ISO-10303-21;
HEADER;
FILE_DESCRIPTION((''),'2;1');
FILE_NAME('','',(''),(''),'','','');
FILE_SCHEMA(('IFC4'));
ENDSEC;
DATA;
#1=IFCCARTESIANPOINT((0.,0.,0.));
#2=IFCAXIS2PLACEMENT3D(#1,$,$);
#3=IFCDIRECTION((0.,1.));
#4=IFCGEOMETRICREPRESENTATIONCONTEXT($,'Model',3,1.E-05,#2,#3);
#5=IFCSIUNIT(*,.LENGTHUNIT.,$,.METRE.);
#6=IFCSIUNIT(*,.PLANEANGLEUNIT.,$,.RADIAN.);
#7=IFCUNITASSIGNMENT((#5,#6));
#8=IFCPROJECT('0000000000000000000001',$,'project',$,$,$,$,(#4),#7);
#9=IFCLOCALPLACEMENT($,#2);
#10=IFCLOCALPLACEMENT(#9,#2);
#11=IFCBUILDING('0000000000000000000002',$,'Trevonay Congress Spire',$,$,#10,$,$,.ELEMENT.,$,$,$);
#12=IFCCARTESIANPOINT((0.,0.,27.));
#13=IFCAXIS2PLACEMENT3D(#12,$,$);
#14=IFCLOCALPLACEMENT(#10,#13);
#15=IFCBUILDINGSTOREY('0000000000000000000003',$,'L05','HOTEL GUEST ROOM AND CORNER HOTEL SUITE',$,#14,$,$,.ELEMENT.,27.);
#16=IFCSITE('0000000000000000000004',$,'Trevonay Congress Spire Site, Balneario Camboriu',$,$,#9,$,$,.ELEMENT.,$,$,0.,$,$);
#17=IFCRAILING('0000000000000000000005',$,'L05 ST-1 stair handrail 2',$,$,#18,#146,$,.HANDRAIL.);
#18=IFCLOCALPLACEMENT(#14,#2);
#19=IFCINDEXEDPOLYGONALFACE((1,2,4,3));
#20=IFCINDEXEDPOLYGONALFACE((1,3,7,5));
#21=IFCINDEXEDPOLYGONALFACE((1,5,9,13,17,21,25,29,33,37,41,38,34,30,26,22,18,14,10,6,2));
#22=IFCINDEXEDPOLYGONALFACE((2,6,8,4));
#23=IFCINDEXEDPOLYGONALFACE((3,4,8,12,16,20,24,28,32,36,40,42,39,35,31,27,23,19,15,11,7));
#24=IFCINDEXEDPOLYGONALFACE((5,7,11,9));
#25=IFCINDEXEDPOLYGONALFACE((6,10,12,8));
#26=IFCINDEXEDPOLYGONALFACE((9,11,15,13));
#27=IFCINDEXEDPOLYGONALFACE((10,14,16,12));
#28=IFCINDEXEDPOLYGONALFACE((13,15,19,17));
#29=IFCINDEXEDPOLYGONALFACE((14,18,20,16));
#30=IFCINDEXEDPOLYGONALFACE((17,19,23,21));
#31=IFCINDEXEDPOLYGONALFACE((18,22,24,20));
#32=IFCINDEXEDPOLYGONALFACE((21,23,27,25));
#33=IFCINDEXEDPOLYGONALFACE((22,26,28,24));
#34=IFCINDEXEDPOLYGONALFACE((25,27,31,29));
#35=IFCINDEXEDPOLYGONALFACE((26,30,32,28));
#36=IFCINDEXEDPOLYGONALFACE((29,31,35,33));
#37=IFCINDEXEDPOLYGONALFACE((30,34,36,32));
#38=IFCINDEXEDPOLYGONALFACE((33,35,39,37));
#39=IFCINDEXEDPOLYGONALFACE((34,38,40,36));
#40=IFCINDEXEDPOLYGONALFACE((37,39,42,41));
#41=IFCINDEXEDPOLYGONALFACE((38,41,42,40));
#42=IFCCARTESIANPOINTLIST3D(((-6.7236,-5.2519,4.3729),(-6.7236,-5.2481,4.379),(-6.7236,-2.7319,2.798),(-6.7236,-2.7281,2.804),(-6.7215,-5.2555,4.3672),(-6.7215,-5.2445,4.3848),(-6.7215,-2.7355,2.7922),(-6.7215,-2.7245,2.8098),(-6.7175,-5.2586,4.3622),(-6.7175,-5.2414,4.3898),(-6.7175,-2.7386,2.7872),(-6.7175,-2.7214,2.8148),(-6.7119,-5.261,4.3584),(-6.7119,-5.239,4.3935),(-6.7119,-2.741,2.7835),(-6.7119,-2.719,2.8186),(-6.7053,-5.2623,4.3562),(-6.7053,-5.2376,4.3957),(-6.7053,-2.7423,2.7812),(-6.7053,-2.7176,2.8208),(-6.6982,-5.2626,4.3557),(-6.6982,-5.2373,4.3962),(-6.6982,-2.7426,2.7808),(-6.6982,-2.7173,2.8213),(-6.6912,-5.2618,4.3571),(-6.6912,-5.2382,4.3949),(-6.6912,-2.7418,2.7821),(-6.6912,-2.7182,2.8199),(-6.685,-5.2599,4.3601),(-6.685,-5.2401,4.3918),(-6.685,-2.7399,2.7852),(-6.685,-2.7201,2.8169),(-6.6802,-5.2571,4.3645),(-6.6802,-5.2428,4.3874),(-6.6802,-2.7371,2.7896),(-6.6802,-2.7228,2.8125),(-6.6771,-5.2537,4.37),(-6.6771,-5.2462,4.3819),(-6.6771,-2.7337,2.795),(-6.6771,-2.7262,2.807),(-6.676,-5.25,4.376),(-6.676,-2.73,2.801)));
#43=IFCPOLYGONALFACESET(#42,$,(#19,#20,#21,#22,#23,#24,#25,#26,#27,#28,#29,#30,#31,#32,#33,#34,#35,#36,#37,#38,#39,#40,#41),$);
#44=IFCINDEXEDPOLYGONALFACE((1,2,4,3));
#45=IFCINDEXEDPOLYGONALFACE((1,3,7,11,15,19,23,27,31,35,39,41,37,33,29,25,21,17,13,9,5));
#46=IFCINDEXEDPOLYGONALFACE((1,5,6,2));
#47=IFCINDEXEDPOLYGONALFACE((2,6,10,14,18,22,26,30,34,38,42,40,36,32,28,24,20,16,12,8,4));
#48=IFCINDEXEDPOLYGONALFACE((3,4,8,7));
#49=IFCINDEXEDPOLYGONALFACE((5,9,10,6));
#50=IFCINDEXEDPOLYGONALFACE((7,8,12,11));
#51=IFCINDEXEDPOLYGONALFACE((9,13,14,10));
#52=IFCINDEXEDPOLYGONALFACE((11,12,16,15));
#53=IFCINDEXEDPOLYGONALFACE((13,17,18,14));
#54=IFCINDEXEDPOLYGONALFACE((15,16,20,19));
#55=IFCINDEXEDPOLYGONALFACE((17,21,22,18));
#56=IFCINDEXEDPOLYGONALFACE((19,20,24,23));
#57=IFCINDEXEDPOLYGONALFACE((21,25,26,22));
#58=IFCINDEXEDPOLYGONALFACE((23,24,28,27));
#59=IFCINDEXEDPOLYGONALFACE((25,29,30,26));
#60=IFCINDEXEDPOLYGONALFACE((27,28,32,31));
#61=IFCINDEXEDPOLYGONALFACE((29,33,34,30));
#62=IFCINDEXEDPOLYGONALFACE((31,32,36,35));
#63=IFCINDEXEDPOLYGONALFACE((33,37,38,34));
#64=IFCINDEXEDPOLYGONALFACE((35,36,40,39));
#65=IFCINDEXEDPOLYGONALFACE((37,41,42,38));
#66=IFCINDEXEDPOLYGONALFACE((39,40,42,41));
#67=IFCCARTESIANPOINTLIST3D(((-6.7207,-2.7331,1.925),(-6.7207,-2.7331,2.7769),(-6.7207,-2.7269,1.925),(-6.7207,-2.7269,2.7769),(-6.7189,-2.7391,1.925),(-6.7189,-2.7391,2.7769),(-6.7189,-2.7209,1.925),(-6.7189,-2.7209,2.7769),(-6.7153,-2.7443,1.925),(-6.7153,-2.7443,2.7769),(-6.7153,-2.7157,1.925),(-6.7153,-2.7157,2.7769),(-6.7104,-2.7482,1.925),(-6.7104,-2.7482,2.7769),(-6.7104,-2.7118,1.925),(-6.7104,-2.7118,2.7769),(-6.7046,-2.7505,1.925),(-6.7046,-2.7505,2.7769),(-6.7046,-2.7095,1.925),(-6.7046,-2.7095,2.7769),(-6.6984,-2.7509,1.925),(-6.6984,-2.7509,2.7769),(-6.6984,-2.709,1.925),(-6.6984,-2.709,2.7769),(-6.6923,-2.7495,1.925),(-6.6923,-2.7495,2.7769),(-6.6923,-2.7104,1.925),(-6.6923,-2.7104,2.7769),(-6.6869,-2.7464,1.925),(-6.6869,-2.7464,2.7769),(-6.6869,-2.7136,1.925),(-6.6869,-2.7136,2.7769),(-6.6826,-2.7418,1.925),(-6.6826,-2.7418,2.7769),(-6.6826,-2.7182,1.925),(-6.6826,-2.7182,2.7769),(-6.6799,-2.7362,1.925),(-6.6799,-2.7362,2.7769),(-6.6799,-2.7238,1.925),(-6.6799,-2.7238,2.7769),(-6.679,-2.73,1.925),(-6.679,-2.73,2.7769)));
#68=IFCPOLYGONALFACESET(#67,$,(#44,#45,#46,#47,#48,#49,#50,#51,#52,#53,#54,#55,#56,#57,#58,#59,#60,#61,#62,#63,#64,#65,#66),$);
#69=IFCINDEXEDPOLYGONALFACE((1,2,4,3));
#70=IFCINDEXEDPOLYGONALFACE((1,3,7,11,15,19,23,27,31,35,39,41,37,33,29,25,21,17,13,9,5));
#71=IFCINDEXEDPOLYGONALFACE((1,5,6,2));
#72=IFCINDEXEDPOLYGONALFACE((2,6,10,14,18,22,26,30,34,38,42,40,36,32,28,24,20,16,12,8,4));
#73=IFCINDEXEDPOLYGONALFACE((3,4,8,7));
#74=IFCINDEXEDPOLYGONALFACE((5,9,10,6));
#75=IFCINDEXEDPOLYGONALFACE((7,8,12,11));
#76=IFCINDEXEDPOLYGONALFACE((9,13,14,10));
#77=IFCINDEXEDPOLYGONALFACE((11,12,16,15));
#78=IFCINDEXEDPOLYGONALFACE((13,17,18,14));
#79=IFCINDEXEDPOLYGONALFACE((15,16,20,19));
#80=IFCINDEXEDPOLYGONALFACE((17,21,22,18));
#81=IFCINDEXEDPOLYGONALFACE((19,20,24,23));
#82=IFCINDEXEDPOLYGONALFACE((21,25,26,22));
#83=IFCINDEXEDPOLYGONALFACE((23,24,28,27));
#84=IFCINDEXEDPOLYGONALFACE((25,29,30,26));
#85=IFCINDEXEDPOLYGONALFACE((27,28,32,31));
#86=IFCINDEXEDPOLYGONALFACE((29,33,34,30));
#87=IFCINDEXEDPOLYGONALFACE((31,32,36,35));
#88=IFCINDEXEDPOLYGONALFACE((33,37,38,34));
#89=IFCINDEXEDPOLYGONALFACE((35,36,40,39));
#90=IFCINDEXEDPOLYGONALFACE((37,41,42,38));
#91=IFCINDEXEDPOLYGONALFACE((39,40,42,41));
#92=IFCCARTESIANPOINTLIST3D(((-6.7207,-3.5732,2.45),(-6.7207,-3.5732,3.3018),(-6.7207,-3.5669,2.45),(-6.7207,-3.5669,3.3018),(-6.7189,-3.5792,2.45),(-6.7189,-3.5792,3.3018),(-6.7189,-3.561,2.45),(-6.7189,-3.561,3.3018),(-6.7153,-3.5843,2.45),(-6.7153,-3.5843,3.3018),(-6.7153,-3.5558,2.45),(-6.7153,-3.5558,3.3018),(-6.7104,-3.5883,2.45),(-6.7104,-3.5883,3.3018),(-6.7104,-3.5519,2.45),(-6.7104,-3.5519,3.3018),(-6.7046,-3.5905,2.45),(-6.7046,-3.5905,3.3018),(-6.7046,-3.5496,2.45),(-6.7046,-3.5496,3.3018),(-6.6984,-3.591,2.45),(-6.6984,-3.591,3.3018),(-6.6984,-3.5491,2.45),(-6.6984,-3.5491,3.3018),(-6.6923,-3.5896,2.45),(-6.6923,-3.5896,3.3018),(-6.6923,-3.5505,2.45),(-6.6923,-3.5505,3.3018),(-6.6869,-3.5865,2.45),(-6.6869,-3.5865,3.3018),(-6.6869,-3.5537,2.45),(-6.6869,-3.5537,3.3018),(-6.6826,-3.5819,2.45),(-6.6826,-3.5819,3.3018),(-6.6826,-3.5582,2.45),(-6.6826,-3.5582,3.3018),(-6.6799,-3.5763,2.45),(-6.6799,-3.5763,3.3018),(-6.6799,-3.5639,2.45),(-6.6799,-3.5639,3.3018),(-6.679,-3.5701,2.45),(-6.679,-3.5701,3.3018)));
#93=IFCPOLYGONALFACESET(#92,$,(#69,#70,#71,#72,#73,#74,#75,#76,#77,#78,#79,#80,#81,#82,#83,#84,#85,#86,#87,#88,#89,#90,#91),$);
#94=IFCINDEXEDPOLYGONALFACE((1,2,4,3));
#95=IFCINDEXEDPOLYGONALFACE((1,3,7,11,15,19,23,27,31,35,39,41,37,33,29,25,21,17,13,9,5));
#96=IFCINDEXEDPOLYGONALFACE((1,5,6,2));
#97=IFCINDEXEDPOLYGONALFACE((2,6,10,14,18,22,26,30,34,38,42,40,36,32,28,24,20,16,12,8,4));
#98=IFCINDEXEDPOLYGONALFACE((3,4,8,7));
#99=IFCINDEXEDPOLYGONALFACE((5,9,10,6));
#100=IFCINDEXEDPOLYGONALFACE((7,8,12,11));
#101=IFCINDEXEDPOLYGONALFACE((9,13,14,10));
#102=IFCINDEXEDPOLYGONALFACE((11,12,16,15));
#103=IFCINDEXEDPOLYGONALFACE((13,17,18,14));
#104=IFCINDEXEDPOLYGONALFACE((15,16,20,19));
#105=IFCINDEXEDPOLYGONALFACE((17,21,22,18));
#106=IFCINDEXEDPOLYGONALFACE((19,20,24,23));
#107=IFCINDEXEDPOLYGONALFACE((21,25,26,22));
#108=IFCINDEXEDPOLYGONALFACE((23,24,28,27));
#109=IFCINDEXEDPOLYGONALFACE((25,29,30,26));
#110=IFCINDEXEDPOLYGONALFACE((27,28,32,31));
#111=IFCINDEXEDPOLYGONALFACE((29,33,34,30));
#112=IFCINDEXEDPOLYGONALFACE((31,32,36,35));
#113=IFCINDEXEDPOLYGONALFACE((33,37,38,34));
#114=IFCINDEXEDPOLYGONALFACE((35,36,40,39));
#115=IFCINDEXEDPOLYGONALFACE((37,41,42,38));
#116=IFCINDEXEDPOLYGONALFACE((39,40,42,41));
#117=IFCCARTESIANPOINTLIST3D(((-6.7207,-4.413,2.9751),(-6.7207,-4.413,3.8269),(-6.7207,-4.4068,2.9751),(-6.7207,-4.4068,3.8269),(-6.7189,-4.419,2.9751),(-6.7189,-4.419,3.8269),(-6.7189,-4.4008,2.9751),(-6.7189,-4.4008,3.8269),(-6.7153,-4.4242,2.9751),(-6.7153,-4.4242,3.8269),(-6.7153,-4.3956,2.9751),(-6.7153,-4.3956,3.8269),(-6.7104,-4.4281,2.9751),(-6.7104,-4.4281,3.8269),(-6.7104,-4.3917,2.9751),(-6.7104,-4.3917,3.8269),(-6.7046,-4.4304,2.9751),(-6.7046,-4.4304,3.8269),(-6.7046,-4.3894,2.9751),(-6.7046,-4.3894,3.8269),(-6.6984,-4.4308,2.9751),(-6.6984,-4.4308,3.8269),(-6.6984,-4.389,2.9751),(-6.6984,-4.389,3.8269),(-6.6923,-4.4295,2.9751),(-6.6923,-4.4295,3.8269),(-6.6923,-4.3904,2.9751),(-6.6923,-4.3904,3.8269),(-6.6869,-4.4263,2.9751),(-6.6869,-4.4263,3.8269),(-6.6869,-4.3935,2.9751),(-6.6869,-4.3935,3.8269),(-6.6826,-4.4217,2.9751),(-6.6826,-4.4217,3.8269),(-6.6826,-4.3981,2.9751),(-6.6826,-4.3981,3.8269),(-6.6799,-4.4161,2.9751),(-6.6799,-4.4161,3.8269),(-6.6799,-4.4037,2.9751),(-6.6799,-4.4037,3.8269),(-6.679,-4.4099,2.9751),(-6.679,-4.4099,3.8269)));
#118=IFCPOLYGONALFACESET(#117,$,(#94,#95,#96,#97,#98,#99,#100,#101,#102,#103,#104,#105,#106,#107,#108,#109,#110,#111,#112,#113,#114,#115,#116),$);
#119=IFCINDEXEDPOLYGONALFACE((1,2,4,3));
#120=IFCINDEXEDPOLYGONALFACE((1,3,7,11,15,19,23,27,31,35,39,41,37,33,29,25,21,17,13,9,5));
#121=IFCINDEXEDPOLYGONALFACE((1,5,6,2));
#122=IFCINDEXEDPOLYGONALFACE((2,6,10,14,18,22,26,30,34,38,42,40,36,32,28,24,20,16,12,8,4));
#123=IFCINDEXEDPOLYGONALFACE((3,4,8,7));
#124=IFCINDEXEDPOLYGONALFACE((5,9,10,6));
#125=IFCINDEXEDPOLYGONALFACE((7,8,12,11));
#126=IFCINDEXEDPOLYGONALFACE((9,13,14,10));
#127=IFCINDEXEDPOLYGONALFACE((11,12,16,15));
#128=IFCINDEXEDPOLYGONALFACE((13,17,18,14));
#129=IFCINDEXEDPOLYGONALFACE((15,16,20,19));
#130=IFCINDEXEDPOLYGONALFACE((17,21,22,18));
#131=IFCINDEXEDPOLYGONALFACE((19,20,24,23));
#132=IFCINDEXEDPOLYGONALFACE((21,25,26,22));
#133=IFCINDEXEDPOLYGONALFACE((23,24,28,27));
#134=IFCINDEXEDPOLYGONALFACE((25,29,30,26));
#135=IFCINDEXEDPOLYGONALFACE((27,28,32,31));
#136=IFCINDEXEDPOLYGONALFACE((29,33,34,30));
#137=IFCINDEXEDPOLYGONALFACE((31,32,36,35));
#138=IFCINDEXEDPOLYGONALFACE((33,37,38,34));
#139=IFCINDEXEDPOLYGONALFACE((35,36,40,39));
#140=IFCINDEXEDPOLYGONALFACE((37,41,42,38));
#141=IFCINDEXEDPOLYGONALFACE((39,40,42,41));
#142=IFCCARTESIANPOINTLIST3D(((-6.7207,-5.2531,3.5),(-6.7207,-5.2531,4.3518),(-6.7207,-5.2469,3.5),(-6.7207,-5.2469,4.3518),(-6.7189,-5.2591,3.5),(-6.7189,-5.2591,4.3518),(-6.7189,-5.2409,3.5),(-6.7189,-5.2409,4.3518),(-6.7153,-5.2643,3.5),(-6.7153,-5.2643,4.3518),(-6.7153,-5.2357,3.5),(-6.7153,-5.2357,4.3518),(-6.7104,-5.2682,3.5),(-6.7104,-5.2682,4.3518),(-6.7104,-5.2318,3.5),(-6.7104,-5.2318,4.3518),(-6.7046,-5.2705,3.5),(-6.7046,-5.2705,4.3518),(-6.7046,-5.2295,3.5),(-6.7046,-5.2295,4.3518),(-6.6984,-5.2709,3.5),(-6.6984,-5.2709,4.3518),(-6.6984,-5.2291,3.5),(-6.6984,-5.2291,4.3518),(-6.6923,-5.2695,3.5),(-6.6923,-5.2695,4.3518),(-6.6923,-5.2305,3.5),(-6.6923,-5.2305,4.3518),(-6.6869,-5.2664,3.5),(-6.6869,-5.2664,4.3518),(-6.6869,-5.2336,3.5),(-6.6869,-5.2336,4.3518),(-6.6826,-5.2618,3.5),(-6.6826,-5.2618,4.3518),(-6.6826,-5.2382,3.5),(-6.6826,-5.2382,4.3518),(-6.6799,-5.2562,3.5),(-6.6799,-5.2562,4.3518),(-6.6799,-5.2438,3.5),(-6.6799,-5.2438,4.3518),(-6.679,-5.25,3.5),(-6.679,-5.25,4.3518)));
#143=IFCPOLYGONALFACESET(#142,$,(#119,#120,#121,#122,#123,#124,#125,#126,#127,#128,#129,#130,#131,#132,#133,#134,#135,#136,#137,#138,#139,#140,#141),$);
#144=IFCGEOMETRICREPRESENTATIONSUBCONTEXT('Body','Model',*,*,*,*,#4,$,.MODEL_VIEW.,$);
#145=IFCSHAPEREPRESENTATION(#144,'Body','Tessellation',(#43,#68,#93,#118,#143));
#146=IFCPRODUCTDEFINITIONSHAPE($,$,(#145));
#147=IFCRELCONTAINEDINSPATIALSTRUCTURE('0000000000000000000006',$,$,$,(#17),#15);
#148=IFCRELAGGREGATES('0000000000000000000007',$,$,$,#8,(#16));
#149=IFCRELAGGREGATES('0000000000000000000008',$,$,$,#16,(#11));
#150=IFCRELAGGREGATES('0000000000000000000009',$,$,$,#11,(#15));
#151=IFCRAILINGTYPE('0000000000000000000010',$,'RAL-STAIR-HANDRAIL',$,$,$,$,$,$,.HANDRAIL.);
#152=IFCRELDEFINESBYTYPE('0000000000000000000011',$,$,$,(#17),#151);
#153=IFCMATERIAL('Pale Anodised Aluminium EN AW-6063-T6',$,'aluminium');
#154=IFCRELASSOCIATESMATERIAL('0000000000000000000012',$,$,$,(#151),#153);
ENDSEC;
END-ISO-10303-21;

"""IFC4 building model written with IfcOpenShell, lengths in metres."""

from ifc_helpers import new_model, si_unit, direction, frame, origin, origin_2d, place, context, subcontext, project, spatial, circle, extrude, material, type_object, element, save


model = new_model("IFC4")

# Units and contexts
model_context = context("Model", 3, precision=1e-05, world=origin(), true_north=direction((0.0, 1.0)))
body_context = subcontext(model_context, "Body", "Model", "MODEL_VIEW")
ifc_project = project(units=[si_unit("LENGTHUNIT", "METRE"), si_unit("PLANEANGLEUNIT", "RADIAN")], contexts=[model_context])

# Site, building, storey
site_placement = place(None, origin())
site = spatial("IfcSite", under=ifc_project, at=site_placement, Name="Trevonay Congress Spire Site, Balneario Camboriu", CompositionType="ELEMENT", RefElevation=0.0)
building_placement = place(site_placement, origin())
building = spatial("IfcBuilding", under=site, at=building_placement, Name="Trevonay Congress Spire", CompositionType="ELEMENT")
storey_placement = place(building_placement, frame((0.0, 0.0, 27.0)))
storey = spatial("IfcBuildingStorey", under=building, at=storey_placement, Name="L05", Description="HOTEL GUEST ROOM AND CORNER HOTEL SUITE", CompositionType="ELEMENT", Elevation=27.0)

# Shared definitions
ifc_material_1 = material(Name="Pale Anodised Aluminium EN AW-6063-T6", Category="aluminium")

# Railing
railing_type_1 = type_object("IfcRailingType", Name="RAL-STAIR-HANDRAIL", PredefinedType="HANDRAIL", material=ifc_material_1)
railing_1_placement = place(storey_placement, frame((-6.7, -2.73, 1.925)))
element("IfcRailing", 1, at=railing_1_placement, inside=storey, type_object=railing_type_1, Name="L05 ST-1 stair handrail 2", PredefinedType="HANDRAIL", context=body_context, shape_type="SweptSolid", body=[
    extrude(circle(Radius=0.0239, at=origin_2d()), frame((0.0, 0.0, 0.876), z_axis=(0.0, -0.848008, 0.529984), x_axis=(1.0, 0.0, 0.0)), (0.0, 0.0, 1.0), 2.9717),
    extrude(circle(Radius=0.021, at=origin_2d()), origin(), (0.0, 0.0, 1.0), 0.8518),
    extrude(circle(Radius=0.021, at=origin_2d()), frame((0.0, -0.8401, 0.5249)), (0.0, 0.0, 1.0), 0.8518),
    extrude(circle(Radius=0.021, at=origin_2d()), frame((0.0, -1.6799, 1.05)), (0.0, 0.0, 1.0), 0.8518),
    extrude(circle(Radius=0.021, at=origin_2d()), frame((0.0, -2.52, 1.575)), (0.0, 0.0, 1.0), 0.8518),
])

save(model, "model.ifc")
